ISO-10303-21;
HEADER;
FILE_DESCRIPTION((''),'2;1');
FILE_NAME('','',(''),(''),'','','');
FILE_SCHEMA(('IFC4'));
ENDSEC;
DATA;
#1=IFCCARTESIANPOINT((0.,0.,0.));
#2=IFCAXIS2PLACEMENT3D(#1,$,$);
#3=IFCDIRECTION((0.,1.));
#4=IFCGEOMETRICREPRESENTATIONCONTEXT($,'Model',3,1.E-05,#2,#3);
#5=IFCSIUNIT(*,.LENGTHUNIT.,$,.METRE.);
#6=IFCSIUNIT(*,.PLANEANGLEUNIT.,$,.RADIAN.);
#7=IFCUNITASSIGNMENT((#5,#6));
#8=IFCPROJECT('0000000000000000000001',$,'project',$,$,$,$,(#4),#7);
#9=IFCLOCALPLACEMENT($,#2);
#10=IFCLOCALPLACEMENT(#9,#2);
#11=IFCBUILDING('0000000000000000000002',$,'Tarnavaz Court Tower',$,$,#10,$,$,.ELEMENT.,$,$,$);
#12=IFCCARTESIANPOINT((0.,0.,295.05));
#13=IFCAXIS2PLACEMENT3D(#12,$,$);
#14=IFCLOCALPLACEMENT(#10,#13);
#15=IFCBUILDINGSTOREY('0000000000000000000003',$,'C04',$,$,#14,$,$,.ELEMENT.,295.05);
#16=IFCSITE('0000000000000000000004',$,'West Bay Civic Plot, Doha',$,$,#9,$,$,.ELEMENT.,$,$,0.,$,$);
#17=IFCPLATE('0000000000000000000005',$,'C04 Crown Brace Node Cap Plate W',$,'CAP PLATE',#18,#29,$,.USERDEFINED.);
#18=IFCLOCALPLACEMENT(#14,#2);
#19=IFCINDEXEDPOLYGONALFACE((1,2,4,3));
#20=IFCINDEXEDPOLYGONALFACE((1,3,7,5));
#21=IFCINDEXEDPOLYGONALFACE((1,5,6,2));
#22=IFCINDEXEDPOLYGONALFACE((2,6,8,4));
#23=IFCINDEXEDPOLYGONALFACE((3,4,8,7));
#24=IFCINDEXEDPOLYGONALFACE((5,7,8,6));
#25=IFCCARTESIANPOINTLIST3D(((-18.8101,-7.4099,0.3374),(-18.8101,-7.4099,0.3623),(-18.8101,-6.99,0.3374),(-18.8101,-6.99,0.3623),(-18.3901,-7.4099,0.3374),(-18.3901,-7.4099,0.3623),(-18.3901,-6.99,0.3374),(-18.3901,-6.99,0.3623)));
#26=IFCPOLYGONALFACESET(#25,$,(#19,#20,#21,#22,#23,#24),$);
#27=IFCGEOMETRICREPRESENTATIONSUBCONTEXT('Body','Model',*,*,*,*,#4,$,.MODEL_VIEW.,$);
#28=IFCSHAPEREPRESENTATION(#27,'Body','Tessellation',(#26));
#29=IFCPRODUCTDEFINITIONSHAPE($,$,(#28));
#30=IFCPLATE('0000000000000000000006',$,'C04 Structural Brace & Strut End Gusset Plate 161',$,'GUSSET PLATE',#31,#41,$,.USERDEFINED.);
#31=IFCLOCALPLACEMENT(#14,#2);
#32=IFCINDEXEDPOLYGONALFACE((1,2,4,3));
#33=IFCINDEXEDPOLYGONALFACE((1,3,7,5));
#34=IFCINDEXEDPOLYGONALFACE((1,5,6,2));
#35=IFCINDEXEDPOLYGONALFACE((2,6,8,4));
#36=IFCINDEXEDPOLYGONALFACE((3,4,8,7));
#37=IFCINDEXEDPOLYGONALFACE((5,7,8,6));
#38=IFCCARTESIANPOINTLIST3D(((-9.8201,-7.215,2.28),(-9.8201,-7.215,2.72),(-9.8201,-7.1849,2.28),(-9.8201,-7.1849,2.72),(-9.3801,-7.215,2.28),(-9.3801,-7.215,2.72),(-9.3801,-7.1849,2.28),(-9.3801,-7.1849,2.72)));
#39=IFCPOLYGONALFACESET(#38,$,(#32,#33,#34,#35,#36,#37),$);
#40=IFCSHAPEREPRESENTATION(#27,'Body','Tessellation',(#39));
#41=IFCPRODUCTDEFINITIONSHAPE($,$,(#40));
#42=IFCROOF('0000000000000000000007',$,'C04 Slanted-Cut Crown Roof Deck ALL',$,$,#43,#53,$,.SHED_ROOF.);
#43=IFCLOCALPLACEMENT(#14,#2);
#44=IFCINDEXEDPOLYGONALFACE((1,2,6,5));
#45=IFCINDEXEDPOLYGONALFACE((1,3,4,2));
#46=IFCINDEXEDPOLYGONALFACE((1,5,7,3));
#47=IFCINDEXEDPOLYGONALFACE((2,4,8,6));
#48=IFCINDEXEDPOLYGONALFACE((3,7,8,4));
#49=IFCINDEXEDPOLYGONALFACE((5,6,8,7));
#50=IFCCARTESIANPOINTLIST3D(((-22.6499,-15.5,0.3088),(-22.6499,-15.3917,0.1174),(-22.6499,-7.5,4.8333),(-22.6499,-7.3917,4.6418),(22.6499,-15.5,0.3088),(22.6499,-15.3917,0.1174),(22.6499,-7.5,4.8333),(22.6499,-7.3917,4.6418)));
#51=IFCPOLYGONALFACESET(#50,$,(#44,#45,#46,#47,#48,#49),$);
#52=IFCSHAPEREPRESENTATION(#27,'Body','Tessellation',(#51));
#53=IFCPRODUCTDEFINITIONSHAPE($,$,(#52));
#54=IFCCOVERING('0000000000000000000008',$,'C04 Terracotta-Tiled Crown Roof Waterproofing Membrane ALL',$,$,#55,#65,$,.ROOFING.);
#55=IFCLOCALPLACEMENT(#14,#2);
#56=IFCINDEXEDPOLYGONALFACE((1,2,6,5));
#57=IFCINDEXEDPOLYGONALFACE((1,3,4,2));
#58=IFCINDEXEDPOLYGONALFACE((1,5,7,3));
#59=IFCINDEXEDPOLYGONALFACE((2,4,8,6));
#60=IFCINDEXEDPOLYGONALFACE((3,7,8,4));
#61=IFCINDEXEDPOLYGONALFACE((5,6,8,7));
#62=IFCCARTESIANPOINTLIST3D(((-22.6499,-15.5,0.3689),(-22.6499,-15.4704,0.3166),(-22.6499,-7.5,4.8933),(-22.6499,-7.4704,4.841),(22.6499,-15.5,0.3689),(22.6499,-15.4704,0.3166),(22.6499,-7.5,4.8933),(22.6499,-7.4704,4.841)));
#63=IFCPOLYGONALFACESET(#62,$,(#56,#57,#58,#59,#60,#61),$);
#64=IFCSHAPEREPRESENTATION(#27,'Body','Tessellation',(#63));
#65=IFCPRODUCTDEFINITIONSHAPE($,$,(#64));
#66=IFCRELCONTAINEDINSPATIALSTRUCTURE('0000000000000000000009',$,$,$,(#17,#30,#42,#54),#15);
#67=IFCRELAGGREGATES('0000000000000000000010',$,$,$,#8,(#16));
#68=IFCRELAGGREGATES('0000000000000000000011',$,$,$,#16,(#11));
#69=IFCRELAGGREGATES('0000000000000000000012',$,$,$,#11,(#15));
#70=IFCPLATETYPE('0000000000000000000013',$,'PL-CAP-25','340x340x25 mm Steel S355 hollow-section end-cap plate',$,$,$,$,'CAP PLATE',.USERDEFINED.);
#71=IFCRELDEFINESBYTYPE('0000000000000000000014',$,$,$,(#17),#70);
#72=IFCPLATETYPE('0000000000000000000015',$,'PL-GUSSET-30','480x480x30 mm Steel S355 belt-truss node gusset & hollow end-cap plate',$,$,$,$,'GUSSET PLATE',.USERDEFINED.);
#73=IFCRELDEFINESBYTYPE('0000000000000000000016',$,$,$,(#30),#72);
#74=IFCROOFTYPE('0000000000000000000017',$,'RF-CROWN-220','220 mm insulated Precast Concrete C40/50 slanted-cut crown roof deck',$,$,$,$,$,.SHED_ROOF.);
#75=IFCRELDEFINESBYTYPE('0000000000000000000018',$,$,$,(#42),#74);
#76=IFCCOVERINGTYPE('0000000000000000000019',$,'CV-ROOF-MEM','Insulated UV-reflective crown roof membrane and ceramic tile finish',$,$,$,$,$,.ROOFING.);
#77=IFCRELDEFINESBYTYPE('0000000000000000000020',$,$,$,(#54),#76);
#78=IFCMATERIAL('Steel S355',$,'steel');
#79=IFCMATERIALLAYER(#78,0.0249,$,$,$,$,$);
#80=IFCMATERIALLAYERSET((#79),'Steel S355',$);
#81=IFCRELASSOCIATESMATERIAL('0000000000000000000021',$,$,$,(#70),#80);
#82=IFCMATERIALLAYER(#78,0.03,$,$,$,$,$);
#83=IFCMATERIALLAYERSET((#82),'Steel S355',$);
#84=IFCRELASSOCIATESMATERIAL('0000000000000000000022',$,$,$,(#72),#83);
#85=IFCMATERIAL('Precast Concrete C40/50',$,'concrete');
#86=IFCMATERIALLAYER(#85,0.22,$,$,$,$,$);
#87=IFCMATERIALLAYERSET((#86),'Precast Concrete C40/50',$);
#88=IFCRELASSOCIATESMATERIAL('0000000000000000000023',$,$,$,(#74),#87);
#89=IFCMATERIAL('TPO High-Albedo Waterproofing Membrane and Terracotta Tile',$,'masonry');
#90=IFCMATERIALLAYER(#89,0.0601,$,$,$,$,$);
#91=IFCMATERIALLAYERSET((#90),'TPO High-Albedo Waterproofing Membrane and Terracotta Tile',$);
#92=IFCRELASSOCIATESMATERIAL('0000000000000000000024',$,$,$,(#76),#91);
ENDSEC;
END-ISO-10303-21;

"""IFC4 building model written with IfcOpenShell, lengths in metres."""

from ifc_helpers import new_model, si_unit, direction, frame, origin, origin_2d, place, context, subcontext, project, spatial, polyline, rectangle, outline, extrude, material, layer, layer_set, type_object, element, save


model = new_model("IFC4")

# Units and contexts
model_context = context("Model", 3, precision=1e-05, world=origin(), true_north=direction((0.0, 1.0)))
body_context = subcontext(model_context, "Body", "Model", "MODEL_VIEW")
ifc_project = project(units=[si_unit("LENGTHUNIT", "METRE"), si_unit("PLANEANGLEUNIT", "RADIAN")], contexts=[model_context])

# Site, building, storey
site_placement = place(None, origin())
site = spatial("IfcSite", under=ifc_project, at=site_placement, Name="West Bay Civic Plot, Doha", CompositionType="ELEMENT", RefElevation=0.0)
building_placement = place(site_placement, origin())
building = spatial("IfcBuilding", under=site, at=building_placement, Name="Tarnavaz Court Tower", CompositionType="ELEMENT")
storey_placement = place(building_placement, frame((0.0, 0.0, 295.05)))
storey = spatial("IfcBuildingStorey", under=building, at=storey_placement, Name="C04", CompositionType="ELEMENT", Elevation=295.05)

# Shared definitions
ifc_material_1 = material(Name="Steel S355", Category="steel")

# Plates
ifc_layer_1 = layer(ifc_material_1, 0.0249)
ifc_layer_set_1 = layer_set([ifc_layer_1], Name="Steel S355")
plate_type_1 = type_object("IfcPlateType", Name="PL-CAP-25", Description="340x340x25 mm Steel S355 hollow-section end-cap plate", ElementType="CAP PLATE", PredefinedType="USERDEFINED", material=ifc_layer_set_1)
for number, where, z_axis, x_axis, name in (
    (1, (-18.6001, -7.2, 0.3374), (0.0, 0.0, 1.0), (1.0, 0.0, 0.0), "C04 Crown Brace Node Cap Plate W"),
):
    element("IfcPlate", number, at=place(storey_placement, frame(where, z_axis=z_axis, x_axis=x_axis)), inside=storey, type_object=plate_type_1, Name=name, ObjectType="CAP PLATE", PredefinedType="USERDEFINED", context=body_context, shape_type="SweptSolid", body=[
        extrude(rectangle(XDim=0.4199, YDim=0.4199, at=origin_2d()), origin(), (0.0, 0.0, 1.0), 0.0249),
    ])
ifc_layer_2 = layer(ifc_material_1, 0.03)
ifc_layer_set_2 = layer_set([ifc_layer_2], Name="Steel S355")
plate_type_2 = type_object("IfcPlateType", Name="PL-GUSSET-30", Description="480x480x30 mm Steel S355 belt-truss node gusset & hollow end-cap plate", ElementType="GUSSET PLATE", PredefinedType="USERDEFINED", material=ifc_layer_set_2)
plate_1_placement = place(storey_placement, frame((-9.6001, -7.2, 2.28), z_axis=(0.0, 0.0, 1.0), x_axis=(1.0, 0.0, 0.0)))
element("IfcPlate", 2, at=plate_1_placement, inside=storey, type_object=plate_type_2, Name="C04 Structural Brace & Strut End Gusset Plate 161", ObjectType="GUSSET PLATE", PredefinedType="USERDEFINED", context=body_context, shape_type="SweptSolid", body=[
    extrude(rectangle(XDim=0.4399, YDim=0.03, at=origin_2d()), origin(), (0.0, 0.0, 1.0), 0.4399),
])

# Roof
ifc_material_2 = material(Name="Precast Concrete C40/50", Category="concrete")
ifc_layer_3 = layer(ifc_material_2, 0.22)
ifc_layer_set_3 = layer_set([ifc_layer_3], Name="Precast Concrete C40/50")
roof_type = type_object("IfcRoofType", Name="RF-CROWN-220", Description="220 mm insulated Precast Concrete C40/50 slanted-cut crown roof deck", PredefinedType="SHED_ROOF", material=ifc_layer_set_3)
roof_placement = place(storey_placement, frame((-22.6499, -7.5, 4.8333), z_axis=(0.0, -0.492278, 0.870438), x_axis=(1.0, 0.0, 0.0)))
element("IfcRoof", 3, at=roof_placement, inside=storey, type_object=roof_type, Name="C04 Slanted-Cut Crown Roof Deck ALL", PredefinedType="SHED_ROOF", context=body_context, shape_type="SweptSolid", body=[
    extrude(outline(polyline([(0.0, 0.0), (45.2998, 0.0), (45.2998, -9.1908), (0.0, -9.1908), (0.0, 0.0)])), origin(), (0.0, 0.0, -1.0), 0.22),
])

# Covering
ifc_material_3 = material(Name="TPO High-Albedo Waterproofing Membrane and Terracotta Tile", Category="masonry")
ifc_layer_4 = layer(ifc_material_3, 0.0601)
ifc_layer_set_4 = layer_set([ifc_layer_4], Name="TPO High-Albedo Waterproofing Membrane and Terracotta Tile")
covering_type = type_object("IfcCoveringType", Name="CV-ROOF-MEM", Description="Insulated UV-reflective crown roof membrane and ceramic tile finish", PredefinedType="ROOFING", material=ifc_layer_set_4)
covering_placement = place(storey_placement, frame((-22.6499, -7.5, 4.8933), z_axis=(0.0, -0.492278, 0.870438), x_axis=(1.0, 0.0, 0.0)))
element("IfcCovering", 4, at=covering_placement, inside=storey, type_object=covering_type, Name="C04 Terracotta-Tiled Crown Roof Waterproofing Membrane ALL", PredefinedType="ROOFING", context=body_context, shape_type="SweptSolid", body=[
    extrude(outline(polyline([(0.0, 0.0), (45.2998, 0.0), (45.2998, -9.1908), (0.0, -9.1908), (0.0, 0.0)])), origin(), (0.0, 0.0, -1.0), 0.0601),
])

save(model, "model.ifc")
